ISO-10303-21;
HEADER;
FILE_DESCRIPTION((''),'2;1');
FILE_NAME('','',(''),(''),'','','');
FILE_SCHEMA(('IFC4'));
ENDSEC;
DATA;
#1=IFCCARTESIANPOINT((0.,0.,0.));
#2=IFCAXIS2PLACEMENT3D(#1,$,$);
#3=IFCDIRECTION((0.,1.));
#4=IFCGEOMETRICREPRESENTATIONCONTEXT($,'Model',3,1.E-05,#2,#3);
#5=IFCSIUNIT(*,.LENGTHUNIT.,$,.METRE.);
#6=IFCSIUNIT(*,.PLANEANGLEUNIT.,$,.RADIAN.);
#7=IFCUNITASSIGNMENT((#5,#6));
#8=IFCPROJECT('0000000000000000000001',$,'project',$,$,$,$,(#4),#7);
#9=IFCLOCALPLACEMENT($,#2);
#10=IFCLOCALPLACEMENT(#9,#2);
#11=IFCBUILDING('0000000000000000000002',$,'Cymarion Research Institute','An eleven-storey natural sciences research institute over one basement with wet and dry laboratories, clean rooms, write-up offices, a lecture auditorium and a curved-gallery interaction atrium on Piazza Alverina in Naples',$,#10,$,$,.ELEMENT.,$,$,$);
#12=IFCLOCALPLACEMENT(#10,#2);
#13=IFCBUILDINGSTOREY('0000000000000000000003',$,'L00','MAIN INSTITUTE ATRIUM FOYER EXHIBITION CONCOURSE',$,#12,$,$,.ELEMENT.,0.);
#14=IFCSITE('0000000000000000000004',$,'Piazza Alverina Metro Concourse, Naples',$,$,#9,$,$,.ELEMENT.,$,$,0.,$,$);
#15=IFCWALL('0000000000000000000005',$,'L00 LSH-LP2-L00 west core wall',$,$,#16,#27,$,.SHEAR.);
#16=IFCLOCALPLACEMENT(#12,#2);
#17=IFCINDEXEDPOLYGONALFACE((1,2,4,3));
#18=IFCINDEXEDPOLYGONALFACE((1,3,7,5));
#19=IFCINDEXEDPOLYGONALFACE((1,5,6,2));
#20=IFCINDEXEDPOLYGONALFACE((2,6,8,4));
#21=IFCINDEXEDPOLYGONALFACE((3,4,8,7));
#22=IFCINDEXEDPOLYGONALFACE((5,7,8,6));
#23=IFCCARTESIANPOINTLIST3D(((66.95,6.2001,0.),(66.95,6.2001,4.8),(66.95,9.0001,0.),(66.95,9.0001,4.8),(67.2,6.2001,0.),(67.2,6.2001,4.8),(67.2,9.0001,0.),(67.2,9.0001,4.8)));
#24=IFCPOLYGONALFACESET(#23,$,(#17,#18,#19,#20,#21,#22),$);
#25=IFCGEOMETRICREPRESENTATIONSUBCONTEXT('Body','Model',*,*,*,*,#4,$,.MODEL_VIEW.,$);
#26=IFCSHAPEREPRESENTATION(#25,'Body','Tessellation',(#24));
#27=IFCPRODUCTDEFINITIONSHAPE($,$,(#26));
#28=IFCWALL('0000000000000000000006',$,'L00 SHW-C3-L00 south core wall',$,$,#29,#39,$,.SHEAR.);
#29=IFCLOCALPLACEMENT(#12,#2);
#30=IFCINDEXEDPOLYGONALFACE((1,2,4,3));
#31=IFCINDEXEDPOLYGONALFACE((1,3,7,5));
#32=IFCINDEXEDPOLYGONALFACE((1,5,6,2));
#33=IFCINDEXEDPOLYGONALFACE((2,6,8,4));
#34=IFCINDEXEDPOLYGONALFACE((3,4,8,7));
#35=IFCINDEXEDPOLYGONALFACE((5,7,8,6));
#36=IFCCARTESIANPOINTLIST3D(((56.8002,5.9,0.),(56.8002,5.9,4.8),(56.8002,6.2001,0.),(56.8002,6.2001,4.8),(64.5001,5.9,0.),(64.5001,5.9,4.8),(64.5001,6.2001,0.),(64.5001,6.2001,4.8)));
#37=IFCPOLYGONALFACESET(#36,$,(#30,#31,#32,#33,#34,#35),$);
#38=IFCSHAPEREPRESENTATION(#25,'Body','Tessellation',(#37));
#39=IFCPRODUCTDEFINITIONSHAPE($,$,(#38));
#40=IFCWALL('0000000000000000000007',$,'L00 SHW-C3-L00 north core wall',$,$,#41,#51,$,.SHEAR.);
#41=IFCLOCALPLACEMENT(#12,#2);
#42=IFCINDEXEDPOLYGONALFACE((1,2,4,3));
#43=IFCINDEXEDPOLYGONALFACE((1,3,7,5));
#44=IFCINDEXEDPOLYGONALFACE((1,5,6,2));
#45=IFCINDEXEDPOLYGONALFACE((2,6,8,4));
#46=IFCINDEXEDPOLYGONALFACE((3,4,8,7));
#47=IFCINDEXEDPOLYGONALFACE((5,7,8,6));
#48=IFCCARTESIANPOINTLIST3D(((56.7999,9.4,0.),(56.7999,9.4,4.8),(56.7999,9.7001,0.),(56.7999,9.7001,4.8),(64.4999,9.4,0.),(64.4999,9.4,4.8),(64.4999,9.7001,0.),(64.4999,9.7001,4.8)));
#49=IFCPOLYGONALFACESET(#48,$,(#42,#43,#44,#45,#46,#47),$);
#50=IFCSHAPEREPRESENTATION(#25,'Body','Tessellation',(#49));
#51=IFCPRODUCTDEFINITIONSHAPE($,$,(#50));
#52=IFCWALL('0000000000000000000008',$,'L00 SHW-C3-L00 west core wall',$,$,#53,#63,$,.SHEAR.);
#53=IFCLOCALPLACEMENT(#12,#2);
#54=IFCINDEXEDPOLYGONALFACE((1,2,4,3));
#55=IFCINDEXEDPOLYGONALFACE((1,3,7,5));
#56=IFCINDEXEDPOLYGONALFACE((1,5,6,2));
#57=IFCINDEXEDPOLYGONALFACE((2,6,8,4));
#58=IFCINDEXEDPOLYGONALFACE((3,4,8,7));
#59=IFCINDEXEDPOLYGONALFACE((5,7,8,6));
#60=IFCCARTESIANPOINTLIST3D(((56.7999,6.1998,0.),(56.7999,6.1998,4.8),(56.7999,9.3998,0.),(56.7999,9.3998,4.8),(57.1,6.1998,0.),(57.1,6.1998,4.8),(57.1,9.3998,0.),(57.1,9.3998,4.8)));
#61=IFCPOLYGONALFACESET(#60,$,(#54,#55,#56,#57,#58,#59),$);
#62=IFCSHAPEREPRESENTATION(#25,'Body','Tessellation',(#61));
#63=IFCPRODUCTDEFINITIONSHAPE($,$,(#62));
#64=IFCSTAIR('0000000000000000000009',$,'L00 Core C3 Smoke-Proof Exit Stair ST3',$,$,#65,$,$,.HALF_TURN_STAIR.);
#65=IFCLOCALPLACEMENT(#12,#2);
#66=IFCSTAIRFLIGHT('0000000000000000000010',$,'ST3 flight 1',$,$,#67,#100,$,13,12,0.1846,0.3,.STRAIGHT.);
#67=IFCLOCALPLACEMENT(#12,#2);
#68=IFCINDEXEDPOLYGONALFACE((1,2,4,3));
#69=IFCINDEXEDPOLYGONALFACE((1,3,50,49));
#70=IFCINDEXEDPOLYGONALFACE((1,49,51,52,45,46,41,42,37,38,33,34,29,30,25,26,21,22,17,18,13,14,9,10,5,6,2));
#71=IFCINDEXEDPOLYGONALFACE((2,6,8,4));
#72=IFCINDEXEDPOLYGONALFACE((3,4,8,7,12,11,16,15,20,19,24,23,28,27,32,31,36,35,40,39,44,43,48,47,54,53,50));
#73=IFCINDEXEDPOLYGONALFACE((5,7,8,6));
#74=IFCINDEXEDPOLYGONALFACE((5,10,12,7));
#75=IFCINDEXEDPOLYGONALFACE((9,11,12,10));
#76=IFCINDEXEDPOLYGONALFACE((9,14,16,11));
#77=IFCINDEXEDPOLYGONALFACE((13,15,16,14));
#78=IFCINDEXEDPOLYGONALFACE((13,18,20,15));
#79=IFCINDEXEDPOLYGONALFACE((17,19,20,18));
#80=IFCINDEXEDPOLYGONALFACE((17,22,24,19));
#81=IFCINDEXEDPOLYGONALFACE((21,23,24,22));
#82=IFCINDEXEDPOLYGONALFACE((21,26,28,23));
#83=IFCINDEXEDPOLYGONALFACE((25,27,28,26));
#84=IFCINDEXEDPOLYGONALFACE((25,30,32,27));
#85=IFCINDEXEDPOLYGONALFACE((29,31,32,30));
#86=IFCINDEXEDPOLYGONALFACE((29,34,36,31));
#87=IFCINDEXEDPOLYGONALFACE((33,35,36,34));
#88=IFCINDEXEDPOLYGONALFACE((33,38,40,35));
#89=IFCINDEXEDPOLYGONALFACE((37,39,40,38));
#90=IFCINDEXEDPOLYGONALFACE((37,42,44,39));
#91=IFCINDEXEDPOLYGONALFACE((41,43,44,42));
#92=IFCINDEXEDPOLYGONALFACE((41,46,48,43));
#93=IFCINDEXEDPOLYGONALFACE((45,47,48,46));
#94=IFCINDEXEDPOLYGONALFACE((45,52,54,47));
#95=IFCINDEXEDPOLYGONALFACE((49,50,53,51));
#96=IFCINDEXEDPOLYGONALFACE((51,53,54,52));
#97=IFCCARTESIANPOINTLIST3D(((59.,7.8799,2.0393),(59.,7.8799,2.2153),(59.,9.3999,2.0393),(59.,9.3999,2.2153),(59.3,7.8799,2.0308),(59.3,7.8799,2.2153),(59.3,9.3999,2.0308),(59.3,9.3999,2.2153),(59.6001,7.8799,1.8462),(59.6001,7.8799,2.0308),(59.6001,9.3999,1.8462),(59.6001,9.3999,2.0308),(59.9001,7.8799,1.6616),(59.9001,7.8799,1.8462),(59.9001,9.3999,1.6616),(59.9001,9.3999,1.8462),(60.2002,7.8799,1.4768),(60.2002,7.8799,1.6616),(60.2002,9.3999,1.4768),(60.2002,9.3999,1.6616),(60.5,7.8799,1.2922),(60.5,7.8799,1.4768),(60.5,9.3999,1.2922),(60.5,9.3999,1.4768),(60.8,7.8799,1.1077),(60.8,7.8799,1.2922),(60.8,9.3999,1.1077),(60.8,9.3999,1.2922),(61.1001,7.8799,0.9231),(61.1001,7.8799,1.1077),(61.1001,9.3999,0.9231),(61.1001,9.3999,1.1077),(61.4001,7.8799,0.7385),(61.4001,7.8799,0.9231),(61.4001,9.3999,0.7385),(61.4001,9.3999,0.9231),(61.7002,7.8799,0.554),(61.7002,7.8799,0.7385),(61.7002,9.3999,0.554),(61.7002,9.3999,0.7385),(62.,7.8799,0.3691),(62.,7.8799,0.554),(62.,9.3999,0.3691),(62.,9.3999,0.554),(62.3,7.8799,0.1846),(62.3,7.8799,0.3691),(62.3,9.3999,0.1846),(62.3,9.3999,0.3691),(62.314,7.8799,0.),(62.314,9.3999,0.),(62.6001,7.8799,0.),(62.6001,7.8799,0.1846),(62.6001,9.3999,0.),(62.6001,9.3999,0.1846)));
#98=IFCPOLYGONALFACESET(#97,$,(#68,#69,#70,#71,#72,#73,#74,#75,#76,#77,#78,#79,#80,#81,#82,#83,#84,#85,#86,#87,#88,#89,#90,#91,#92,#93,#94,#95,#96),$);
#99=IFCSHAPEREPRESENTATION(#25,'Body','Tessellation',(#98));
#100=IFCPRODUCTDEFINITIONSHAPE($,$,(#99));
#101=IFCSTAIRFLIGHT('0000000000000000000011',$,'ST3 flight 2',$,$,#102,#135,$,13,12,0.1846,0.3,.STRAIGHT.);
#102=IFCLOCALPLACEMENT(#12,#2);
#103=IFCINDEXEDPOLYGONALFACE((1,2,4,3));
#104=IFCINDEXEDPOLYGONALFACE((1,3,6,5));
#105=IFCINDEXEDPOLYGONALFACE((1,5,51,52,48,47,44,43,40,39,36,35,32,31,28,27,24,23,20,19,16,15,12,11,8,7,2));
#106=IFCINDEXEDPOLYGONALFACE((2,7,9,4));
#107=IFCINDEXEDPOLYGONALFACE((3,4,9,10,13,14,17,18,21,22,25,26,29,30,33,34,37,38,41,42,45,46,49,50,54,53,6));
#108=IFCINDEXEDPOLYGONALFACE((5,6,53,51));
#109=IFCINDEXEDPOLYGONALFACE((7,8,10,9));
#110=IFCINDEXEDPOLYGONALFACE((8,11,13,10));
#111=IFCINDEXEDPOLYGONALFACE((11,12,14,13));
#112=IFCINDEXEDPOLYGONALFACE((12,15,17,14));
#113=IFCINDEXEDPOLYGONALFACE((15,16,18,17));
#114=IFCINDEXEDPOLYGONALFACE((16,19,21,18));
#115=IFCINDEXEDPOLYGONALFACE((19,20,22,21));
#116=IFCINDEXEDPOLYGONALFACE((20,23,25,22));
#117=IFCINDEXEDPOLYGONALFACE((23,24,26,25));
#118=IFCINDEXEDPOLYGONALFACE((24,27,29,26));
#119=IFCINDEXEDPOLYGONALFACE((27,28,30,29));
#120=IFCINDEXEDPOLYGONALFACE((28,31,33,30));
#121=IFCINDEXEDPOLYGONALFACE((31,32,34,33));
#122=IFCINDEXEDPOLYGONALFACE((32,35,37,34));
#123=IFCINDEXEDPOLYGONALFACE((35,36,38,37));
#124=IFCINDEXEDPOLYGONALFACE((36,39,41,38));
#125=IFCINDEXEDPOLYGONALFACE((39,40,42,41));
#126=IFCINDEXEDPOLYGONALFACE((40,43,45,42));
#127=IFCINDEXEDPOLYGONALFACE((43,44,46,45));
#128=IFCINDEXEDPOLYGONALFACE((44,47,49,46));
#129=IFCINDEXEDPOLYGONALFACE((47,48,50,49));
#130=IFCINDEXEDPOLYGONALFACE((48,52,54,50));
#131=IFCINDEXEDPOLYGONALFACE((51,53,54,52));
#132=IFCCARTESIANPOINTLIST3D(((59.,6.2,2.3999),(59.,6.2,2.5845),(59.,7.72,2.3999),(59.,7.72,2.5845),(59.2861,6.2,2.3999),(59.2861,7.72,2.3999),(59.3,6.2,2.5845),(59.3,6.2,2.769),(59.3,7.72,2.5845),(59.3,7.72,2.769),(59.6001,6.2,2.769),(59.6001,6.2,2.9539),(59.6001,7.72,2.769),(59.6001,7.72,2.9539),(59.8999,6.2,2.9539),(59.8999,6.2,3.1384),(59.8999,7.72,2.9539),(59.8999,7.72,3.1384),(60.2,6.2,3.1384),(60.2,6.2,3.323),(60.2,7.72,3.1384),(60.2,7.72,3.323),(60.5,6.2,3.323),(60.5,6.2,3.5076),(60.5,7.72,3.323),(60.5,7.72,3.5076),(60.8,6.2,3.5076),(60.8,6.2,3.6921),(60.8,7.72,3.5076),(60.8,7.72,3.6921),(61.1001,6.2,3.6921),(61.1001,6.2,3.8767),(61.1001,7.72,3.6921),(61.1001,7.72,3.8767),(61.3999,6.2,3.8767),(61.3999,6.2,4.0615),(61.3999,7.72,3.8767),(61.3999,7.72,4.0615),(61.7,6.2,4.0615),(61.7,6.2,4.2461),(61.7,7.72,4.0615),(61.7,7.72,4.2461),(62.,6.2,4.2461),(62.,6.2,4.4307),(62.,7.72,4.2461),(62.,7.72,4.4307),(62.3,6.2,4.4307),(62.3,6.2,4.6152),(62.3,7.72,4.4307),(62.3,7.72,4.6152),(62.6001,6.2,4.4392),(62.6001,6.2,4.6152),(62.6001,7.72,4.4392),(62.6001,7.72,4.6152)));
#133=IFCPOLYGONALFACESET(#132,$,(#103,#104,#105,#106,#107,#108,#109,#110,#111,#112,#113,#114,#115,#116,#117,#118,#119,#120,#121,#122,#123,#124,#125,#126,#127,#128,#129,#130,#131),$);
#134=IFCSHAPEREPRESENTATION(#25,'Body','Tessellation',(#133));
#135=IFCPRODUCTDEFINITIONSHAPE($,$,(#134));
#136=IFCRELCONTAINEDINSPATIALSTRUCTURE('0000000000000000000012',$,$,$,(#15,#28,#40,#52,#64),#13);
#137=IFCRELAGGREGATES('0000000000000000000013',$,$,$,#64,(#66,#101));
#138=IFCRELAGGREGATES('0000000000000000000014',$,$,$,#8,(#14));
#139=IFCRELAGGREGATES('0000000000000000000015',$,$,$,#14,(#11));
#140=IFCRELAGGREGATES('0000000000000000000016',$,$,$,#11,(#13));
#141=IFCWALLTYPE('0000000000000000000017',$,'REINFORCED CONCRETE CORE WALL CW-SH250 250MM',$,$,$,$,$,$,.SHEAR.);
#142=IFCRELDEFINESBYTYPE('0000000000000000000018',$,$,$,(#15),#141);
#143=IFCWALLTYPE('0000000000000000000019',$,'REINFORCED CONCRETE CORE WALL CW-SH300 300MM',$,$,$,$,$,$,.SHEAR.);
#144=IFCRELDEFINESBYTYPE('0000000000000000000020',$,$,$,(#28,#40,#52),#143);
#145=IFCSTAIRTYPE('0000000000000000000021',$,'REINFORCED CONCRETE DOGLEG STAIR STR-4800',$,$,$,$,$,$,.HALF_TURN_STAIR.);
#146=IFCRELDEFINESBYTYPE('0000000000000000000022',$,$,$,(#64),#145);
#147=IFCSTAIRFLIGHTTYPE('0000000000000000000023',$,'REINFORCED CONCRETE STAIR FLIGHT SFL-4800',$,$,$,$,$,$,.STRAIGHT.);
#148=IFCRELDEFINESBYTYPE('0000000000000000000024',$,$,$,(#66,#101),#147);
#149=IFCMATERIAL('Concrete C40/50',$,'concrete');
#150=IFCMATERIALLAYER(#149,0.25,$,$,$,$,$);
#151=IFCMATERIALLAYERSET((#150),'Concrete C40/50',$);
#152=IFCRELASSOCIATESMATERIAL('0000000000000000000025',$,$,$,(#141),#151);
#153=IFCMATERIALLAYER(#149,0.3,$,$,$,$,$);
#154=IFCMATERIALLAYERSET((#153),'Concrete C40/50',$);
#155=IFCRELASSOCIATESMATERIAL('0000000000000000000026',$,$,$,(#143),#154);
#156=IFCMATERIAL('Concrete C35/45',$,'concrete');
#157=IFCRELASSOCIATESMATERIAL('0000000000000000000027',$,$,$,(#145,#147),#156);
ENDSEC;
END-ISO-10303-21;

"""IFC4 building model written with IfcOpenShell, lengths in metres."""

from ifc_helpers import new_model, si_unit, direction, frame, frame_2d, origin, place, context, subcontext, project, spatial, polyline, rectangle, outline, extrude, material, layer, layer_set, type_object, element, aggregate, save


model = new_model("IFC4")

# Units and contexts
model_context = context("Model", 3, precision=1e-05, world=origin(), true_north=direction((0.0, 1.0)))
body_context = subcontext(model_context, "Body", "Model", "MODEL_VIEW")
ifc_project = project(units=[si_unit("LENGTHUNIT", "METRE"), si_unit("PLANEANGLEUNIT", "RADIAN")], contexts=[model_context])

# Site, building, storey
site_placement = place(None, origin())
site = spatial("IfcSite", under=ifc_project, at=site_placement, Name="Piazza Alverina Metro Concourse, Naples", CompositionType="ELEMENT", RefElevation=0.0)
building_placement = place(site_placement, origin())
building = spatial("IfcBuilding", under=site, at=building_placement, Name="Cymarion Research Institute", Description="An eleven-storey natural sciences research institute over one basement with wet and dry laboratories, clean rooms, write-up offices, a lecture auditorium and a curved-gallery interaction atrium on Piazza Alverina in Naples", CompositionType="ELEMENT")
storey_placement = place(building_placement, origin())
storey = spatial("IfcBuildingStorey", under=building, at=storey_placement, Name="L00", Description="MAIN INSTITUTE ATRIUM FOYER EXHIBITION CONCOURSE", CompositionType="ELEMENT", Elevation=0.0)

# Shared definitions
ifc_material_1 = material(Name="Concrete C40/50", Category="concrete")

# Walls
ifc_layer_1 = layer(ifc_material_1, 0.25)
ifc_layer_set_1 = layer_set([ifc_layer_1], Name="Concrete C40/50")
wall_type_1 = type_object("IfcWallType", Name="REINFORCED CONCRETE CORE WALL CW-SH250 250MM", PredefinedType="SHEAR", material=ifc_layer_set_1)
wall_1_placement = place(storey_placement, frame((67.075, 9.0, 0.0), z_axis=(0.0, 0.0, 1.0), x_axis=(0.0, -1.0, 0.0)))
element("IfcWall", 1, at=wall_1_placement, inside=storey, type_object=wall_type_1, Name="L00 LSH-LP2-L00 west core wall", PredefinedType="SHEAR", context=body_context, shape_type="SweptSolid", body=[
    extrude(rectangle(XDim=2.8, YDim=0.25, at=frame_2d((1.3999, 0.0))), origin(), (0.0, 0.0, 1.0), 4.8),
])
ifc_layer_2 = layer(ifc_material_1, 0.3)
ifc_layer_set_2 = layer_set([ifc_layer_2], Name="Concrete C40/50")
wall_type_2 = type_object("IfcWallType", Name="REINFORCED CONCRETE CORE WALL CW-SH300 300MM", PredefinedType="SHEAR", material=ifc_layer_set_2)
for number, where, z_axis, x_axis, name in (
    (2, (56.8, 6.05, 0.0), (0.0, 0.0, 1.0), (1.0, 0.0, 0.0), "L00 SHW-C3-L00 south core wall"),
    (3, (64.5, 9.55, 0.0), (0.0, 0.0, 1.0), (-1.0, 0.0, 0.0), "L00 SHW-C3-L00 north core wall"),
):
    element("IfcWall", number, at=place(storey_placement, frame(where, z_axis=z_axis, x_axis=x_axis)), inside=storey, type_object=wall_type_2, Name=name, PredefinedType="SHEAR", context=body_context, shape_type="SweptSolid", body=[
        extrude(rectangle(XDim=7.7, YDim=0.3, at=frame_2d((3.8501, 0.0))), origin(), (0.0, 0.0, 1.0), 4.8),
    ])
wall_2_placement = place(storey_placement, frame((56.95, 9.3999, 0.0), z_axis=(0.0, 0.0, 1.0), x_axis=(0.0, -1.0, 0.0)))
element("IfcWall", 4, at=wall_2_placement, inside=storey, type_object=wall_type_2, Name="L00 SHW-C3-L00 west core wall", PredefinedType="SHEAR", context=body_context, shape_type="SweptSolid", body=[
    extrude(rectangle(XDim=3.2, YDim=0.3, at=frame_2d((1.6001, 0.0))), origin(), (0.0, 0.0, 1.0), 4.8),
])

# Stair, stair flights
ifc_material_2 = material(Name="Concrete C35/45", Category="concrete")
stair_type = type_object("IfcStairType", Name="REINFORCED CONCRETE DOGLEG STAIR STR-4800", PredefinedType="HALF_TURN_STAIR", material=ifc_material_2)
stair_placement = place(storey_placement, origin())
stair = element("IfcStair", 5, at=stair_placement, inside=storey, type_object=stair_type, Name="L00 Core C3 Smoke-Proof Exit Stair ST3", PredefinedType="HALF_TURN_STAIR")
stair_flight_type = type_object("IfcStairFlightType", Name="REINFORCED CONCRETE STAIR FLIGHT SFL-4800", PredefinedType="STRAIGHT", material=ifc_material_2)
stair_flight_1_placement = place(storey_placement, frame((62.6001, 8.6399, 0.0), z_axis=(0.0, 0.0, 1.0), x_axis=(-1.0, 0.0, 0.0)))
stair_flight_1 = element("IfcStairFlight", 6, at=stair_flight_1_placement, type_object=stair_flight_type, Name="ST3 flight 1", NumberOfRisers=13, NumberOfTreads=12, PredefinedType="STRAIGHT", RiserHeight=0.1846, TreadLength=0.3, context=body_context, shape_type="SweptSolid", body=[
    extrude(outline(polyline([(0.0, 0.0), (0.0, 0.1846), (0.3, 0.1846), (0.3, 0.3691), (0.6001, 0.3691), (0.6001, 0.554), (0.8999, 0.554), (0.8999, 0.7385), (1.2, 0.7385), (1.2, 0.9231), (1.5, 0.9231), (1.5, 1.1077), (1.8, 1.1077), (1.8, 1.2922), (2.1001, 1.2922), (2.1001, 1.4768), (2.3999, 1.4768), (2.3999, 1.6616), (2.7, 1.6616), (2.7, 1.8462), (3.0, 1.8462), (3.0, 2.0308), (3.3, 2.0308), (3.3, 2.2153), (3.6001, 2.2153), (3.6001, 2.3999), (3.6001, 2.0393), (0.2861, 0.0), (0.0, 0.0)])), frame((0.0, 0.76, 0.0), z_axis=(0.0, -1.0, 0.0), x_axis=(1.0, 0.0, 0.0)), (0.0, 0.0, 1.0), 1.52),
])
stair_flight_2_placement = place(storey_placement, frame((59.0, 6.96, 2.3999), z_axis=(0.0, 0.0, 1.0), x_axis=(1.0, 0.0, 0.0)))
stair_flight_2 = element("IfcStairFlight", 7, at=stair_flight_2_placement, type_object=stair_flight_type, Name="ST3 flight 2", NumberOfRisers=13, NumberOfTreads=12, PredefinedType="STRAIGHT", RiserHeight=0.1846, TreadLength=0.3, context=body_context, shape_type="SweptSolid", body=[
    extrude(outline(polyline([(0.0, 0.0), (0.0, 0.1846), (0.3, 0.1846), (0.3, 0.3691), (0.6001, 0.3691), (0.6001, 0.554), (0.8999, 0.554), (0.8999, 0.7385), (1.2, 0.7385), (1.2, 0.9231), (1.5, 0.9231), (1.5, 1.1077), (1.8, 1.1077), (1.8, 1.2922), (2.1001, 1.2922), (2.1001, 1.4768), (2.3999, 1.4768), (2.3999, 1.6616), (2.7, 1.6616), (2.7, 1.8462), (3.0, 1.8462), (3.0, 2.0308), (3.3, 2.0308), (3.3, 2.2153), (3.6001, 2.2153), (3.6001, 2.3999), (3.6001, 2.0393), (0.2861, 0.0), (0.0, 0.0)])), frame((0.0, 0.76, 0.0), z_axis=(0.0, -1.0, 0.0), x_axis=(1.0, 0.0, 0.0)), (0.0, 0.0, 1.0), 1.52),
])
aggregate(stair, [stair_flight_1, stair_flight_2])

save(model, "model.ifc")
